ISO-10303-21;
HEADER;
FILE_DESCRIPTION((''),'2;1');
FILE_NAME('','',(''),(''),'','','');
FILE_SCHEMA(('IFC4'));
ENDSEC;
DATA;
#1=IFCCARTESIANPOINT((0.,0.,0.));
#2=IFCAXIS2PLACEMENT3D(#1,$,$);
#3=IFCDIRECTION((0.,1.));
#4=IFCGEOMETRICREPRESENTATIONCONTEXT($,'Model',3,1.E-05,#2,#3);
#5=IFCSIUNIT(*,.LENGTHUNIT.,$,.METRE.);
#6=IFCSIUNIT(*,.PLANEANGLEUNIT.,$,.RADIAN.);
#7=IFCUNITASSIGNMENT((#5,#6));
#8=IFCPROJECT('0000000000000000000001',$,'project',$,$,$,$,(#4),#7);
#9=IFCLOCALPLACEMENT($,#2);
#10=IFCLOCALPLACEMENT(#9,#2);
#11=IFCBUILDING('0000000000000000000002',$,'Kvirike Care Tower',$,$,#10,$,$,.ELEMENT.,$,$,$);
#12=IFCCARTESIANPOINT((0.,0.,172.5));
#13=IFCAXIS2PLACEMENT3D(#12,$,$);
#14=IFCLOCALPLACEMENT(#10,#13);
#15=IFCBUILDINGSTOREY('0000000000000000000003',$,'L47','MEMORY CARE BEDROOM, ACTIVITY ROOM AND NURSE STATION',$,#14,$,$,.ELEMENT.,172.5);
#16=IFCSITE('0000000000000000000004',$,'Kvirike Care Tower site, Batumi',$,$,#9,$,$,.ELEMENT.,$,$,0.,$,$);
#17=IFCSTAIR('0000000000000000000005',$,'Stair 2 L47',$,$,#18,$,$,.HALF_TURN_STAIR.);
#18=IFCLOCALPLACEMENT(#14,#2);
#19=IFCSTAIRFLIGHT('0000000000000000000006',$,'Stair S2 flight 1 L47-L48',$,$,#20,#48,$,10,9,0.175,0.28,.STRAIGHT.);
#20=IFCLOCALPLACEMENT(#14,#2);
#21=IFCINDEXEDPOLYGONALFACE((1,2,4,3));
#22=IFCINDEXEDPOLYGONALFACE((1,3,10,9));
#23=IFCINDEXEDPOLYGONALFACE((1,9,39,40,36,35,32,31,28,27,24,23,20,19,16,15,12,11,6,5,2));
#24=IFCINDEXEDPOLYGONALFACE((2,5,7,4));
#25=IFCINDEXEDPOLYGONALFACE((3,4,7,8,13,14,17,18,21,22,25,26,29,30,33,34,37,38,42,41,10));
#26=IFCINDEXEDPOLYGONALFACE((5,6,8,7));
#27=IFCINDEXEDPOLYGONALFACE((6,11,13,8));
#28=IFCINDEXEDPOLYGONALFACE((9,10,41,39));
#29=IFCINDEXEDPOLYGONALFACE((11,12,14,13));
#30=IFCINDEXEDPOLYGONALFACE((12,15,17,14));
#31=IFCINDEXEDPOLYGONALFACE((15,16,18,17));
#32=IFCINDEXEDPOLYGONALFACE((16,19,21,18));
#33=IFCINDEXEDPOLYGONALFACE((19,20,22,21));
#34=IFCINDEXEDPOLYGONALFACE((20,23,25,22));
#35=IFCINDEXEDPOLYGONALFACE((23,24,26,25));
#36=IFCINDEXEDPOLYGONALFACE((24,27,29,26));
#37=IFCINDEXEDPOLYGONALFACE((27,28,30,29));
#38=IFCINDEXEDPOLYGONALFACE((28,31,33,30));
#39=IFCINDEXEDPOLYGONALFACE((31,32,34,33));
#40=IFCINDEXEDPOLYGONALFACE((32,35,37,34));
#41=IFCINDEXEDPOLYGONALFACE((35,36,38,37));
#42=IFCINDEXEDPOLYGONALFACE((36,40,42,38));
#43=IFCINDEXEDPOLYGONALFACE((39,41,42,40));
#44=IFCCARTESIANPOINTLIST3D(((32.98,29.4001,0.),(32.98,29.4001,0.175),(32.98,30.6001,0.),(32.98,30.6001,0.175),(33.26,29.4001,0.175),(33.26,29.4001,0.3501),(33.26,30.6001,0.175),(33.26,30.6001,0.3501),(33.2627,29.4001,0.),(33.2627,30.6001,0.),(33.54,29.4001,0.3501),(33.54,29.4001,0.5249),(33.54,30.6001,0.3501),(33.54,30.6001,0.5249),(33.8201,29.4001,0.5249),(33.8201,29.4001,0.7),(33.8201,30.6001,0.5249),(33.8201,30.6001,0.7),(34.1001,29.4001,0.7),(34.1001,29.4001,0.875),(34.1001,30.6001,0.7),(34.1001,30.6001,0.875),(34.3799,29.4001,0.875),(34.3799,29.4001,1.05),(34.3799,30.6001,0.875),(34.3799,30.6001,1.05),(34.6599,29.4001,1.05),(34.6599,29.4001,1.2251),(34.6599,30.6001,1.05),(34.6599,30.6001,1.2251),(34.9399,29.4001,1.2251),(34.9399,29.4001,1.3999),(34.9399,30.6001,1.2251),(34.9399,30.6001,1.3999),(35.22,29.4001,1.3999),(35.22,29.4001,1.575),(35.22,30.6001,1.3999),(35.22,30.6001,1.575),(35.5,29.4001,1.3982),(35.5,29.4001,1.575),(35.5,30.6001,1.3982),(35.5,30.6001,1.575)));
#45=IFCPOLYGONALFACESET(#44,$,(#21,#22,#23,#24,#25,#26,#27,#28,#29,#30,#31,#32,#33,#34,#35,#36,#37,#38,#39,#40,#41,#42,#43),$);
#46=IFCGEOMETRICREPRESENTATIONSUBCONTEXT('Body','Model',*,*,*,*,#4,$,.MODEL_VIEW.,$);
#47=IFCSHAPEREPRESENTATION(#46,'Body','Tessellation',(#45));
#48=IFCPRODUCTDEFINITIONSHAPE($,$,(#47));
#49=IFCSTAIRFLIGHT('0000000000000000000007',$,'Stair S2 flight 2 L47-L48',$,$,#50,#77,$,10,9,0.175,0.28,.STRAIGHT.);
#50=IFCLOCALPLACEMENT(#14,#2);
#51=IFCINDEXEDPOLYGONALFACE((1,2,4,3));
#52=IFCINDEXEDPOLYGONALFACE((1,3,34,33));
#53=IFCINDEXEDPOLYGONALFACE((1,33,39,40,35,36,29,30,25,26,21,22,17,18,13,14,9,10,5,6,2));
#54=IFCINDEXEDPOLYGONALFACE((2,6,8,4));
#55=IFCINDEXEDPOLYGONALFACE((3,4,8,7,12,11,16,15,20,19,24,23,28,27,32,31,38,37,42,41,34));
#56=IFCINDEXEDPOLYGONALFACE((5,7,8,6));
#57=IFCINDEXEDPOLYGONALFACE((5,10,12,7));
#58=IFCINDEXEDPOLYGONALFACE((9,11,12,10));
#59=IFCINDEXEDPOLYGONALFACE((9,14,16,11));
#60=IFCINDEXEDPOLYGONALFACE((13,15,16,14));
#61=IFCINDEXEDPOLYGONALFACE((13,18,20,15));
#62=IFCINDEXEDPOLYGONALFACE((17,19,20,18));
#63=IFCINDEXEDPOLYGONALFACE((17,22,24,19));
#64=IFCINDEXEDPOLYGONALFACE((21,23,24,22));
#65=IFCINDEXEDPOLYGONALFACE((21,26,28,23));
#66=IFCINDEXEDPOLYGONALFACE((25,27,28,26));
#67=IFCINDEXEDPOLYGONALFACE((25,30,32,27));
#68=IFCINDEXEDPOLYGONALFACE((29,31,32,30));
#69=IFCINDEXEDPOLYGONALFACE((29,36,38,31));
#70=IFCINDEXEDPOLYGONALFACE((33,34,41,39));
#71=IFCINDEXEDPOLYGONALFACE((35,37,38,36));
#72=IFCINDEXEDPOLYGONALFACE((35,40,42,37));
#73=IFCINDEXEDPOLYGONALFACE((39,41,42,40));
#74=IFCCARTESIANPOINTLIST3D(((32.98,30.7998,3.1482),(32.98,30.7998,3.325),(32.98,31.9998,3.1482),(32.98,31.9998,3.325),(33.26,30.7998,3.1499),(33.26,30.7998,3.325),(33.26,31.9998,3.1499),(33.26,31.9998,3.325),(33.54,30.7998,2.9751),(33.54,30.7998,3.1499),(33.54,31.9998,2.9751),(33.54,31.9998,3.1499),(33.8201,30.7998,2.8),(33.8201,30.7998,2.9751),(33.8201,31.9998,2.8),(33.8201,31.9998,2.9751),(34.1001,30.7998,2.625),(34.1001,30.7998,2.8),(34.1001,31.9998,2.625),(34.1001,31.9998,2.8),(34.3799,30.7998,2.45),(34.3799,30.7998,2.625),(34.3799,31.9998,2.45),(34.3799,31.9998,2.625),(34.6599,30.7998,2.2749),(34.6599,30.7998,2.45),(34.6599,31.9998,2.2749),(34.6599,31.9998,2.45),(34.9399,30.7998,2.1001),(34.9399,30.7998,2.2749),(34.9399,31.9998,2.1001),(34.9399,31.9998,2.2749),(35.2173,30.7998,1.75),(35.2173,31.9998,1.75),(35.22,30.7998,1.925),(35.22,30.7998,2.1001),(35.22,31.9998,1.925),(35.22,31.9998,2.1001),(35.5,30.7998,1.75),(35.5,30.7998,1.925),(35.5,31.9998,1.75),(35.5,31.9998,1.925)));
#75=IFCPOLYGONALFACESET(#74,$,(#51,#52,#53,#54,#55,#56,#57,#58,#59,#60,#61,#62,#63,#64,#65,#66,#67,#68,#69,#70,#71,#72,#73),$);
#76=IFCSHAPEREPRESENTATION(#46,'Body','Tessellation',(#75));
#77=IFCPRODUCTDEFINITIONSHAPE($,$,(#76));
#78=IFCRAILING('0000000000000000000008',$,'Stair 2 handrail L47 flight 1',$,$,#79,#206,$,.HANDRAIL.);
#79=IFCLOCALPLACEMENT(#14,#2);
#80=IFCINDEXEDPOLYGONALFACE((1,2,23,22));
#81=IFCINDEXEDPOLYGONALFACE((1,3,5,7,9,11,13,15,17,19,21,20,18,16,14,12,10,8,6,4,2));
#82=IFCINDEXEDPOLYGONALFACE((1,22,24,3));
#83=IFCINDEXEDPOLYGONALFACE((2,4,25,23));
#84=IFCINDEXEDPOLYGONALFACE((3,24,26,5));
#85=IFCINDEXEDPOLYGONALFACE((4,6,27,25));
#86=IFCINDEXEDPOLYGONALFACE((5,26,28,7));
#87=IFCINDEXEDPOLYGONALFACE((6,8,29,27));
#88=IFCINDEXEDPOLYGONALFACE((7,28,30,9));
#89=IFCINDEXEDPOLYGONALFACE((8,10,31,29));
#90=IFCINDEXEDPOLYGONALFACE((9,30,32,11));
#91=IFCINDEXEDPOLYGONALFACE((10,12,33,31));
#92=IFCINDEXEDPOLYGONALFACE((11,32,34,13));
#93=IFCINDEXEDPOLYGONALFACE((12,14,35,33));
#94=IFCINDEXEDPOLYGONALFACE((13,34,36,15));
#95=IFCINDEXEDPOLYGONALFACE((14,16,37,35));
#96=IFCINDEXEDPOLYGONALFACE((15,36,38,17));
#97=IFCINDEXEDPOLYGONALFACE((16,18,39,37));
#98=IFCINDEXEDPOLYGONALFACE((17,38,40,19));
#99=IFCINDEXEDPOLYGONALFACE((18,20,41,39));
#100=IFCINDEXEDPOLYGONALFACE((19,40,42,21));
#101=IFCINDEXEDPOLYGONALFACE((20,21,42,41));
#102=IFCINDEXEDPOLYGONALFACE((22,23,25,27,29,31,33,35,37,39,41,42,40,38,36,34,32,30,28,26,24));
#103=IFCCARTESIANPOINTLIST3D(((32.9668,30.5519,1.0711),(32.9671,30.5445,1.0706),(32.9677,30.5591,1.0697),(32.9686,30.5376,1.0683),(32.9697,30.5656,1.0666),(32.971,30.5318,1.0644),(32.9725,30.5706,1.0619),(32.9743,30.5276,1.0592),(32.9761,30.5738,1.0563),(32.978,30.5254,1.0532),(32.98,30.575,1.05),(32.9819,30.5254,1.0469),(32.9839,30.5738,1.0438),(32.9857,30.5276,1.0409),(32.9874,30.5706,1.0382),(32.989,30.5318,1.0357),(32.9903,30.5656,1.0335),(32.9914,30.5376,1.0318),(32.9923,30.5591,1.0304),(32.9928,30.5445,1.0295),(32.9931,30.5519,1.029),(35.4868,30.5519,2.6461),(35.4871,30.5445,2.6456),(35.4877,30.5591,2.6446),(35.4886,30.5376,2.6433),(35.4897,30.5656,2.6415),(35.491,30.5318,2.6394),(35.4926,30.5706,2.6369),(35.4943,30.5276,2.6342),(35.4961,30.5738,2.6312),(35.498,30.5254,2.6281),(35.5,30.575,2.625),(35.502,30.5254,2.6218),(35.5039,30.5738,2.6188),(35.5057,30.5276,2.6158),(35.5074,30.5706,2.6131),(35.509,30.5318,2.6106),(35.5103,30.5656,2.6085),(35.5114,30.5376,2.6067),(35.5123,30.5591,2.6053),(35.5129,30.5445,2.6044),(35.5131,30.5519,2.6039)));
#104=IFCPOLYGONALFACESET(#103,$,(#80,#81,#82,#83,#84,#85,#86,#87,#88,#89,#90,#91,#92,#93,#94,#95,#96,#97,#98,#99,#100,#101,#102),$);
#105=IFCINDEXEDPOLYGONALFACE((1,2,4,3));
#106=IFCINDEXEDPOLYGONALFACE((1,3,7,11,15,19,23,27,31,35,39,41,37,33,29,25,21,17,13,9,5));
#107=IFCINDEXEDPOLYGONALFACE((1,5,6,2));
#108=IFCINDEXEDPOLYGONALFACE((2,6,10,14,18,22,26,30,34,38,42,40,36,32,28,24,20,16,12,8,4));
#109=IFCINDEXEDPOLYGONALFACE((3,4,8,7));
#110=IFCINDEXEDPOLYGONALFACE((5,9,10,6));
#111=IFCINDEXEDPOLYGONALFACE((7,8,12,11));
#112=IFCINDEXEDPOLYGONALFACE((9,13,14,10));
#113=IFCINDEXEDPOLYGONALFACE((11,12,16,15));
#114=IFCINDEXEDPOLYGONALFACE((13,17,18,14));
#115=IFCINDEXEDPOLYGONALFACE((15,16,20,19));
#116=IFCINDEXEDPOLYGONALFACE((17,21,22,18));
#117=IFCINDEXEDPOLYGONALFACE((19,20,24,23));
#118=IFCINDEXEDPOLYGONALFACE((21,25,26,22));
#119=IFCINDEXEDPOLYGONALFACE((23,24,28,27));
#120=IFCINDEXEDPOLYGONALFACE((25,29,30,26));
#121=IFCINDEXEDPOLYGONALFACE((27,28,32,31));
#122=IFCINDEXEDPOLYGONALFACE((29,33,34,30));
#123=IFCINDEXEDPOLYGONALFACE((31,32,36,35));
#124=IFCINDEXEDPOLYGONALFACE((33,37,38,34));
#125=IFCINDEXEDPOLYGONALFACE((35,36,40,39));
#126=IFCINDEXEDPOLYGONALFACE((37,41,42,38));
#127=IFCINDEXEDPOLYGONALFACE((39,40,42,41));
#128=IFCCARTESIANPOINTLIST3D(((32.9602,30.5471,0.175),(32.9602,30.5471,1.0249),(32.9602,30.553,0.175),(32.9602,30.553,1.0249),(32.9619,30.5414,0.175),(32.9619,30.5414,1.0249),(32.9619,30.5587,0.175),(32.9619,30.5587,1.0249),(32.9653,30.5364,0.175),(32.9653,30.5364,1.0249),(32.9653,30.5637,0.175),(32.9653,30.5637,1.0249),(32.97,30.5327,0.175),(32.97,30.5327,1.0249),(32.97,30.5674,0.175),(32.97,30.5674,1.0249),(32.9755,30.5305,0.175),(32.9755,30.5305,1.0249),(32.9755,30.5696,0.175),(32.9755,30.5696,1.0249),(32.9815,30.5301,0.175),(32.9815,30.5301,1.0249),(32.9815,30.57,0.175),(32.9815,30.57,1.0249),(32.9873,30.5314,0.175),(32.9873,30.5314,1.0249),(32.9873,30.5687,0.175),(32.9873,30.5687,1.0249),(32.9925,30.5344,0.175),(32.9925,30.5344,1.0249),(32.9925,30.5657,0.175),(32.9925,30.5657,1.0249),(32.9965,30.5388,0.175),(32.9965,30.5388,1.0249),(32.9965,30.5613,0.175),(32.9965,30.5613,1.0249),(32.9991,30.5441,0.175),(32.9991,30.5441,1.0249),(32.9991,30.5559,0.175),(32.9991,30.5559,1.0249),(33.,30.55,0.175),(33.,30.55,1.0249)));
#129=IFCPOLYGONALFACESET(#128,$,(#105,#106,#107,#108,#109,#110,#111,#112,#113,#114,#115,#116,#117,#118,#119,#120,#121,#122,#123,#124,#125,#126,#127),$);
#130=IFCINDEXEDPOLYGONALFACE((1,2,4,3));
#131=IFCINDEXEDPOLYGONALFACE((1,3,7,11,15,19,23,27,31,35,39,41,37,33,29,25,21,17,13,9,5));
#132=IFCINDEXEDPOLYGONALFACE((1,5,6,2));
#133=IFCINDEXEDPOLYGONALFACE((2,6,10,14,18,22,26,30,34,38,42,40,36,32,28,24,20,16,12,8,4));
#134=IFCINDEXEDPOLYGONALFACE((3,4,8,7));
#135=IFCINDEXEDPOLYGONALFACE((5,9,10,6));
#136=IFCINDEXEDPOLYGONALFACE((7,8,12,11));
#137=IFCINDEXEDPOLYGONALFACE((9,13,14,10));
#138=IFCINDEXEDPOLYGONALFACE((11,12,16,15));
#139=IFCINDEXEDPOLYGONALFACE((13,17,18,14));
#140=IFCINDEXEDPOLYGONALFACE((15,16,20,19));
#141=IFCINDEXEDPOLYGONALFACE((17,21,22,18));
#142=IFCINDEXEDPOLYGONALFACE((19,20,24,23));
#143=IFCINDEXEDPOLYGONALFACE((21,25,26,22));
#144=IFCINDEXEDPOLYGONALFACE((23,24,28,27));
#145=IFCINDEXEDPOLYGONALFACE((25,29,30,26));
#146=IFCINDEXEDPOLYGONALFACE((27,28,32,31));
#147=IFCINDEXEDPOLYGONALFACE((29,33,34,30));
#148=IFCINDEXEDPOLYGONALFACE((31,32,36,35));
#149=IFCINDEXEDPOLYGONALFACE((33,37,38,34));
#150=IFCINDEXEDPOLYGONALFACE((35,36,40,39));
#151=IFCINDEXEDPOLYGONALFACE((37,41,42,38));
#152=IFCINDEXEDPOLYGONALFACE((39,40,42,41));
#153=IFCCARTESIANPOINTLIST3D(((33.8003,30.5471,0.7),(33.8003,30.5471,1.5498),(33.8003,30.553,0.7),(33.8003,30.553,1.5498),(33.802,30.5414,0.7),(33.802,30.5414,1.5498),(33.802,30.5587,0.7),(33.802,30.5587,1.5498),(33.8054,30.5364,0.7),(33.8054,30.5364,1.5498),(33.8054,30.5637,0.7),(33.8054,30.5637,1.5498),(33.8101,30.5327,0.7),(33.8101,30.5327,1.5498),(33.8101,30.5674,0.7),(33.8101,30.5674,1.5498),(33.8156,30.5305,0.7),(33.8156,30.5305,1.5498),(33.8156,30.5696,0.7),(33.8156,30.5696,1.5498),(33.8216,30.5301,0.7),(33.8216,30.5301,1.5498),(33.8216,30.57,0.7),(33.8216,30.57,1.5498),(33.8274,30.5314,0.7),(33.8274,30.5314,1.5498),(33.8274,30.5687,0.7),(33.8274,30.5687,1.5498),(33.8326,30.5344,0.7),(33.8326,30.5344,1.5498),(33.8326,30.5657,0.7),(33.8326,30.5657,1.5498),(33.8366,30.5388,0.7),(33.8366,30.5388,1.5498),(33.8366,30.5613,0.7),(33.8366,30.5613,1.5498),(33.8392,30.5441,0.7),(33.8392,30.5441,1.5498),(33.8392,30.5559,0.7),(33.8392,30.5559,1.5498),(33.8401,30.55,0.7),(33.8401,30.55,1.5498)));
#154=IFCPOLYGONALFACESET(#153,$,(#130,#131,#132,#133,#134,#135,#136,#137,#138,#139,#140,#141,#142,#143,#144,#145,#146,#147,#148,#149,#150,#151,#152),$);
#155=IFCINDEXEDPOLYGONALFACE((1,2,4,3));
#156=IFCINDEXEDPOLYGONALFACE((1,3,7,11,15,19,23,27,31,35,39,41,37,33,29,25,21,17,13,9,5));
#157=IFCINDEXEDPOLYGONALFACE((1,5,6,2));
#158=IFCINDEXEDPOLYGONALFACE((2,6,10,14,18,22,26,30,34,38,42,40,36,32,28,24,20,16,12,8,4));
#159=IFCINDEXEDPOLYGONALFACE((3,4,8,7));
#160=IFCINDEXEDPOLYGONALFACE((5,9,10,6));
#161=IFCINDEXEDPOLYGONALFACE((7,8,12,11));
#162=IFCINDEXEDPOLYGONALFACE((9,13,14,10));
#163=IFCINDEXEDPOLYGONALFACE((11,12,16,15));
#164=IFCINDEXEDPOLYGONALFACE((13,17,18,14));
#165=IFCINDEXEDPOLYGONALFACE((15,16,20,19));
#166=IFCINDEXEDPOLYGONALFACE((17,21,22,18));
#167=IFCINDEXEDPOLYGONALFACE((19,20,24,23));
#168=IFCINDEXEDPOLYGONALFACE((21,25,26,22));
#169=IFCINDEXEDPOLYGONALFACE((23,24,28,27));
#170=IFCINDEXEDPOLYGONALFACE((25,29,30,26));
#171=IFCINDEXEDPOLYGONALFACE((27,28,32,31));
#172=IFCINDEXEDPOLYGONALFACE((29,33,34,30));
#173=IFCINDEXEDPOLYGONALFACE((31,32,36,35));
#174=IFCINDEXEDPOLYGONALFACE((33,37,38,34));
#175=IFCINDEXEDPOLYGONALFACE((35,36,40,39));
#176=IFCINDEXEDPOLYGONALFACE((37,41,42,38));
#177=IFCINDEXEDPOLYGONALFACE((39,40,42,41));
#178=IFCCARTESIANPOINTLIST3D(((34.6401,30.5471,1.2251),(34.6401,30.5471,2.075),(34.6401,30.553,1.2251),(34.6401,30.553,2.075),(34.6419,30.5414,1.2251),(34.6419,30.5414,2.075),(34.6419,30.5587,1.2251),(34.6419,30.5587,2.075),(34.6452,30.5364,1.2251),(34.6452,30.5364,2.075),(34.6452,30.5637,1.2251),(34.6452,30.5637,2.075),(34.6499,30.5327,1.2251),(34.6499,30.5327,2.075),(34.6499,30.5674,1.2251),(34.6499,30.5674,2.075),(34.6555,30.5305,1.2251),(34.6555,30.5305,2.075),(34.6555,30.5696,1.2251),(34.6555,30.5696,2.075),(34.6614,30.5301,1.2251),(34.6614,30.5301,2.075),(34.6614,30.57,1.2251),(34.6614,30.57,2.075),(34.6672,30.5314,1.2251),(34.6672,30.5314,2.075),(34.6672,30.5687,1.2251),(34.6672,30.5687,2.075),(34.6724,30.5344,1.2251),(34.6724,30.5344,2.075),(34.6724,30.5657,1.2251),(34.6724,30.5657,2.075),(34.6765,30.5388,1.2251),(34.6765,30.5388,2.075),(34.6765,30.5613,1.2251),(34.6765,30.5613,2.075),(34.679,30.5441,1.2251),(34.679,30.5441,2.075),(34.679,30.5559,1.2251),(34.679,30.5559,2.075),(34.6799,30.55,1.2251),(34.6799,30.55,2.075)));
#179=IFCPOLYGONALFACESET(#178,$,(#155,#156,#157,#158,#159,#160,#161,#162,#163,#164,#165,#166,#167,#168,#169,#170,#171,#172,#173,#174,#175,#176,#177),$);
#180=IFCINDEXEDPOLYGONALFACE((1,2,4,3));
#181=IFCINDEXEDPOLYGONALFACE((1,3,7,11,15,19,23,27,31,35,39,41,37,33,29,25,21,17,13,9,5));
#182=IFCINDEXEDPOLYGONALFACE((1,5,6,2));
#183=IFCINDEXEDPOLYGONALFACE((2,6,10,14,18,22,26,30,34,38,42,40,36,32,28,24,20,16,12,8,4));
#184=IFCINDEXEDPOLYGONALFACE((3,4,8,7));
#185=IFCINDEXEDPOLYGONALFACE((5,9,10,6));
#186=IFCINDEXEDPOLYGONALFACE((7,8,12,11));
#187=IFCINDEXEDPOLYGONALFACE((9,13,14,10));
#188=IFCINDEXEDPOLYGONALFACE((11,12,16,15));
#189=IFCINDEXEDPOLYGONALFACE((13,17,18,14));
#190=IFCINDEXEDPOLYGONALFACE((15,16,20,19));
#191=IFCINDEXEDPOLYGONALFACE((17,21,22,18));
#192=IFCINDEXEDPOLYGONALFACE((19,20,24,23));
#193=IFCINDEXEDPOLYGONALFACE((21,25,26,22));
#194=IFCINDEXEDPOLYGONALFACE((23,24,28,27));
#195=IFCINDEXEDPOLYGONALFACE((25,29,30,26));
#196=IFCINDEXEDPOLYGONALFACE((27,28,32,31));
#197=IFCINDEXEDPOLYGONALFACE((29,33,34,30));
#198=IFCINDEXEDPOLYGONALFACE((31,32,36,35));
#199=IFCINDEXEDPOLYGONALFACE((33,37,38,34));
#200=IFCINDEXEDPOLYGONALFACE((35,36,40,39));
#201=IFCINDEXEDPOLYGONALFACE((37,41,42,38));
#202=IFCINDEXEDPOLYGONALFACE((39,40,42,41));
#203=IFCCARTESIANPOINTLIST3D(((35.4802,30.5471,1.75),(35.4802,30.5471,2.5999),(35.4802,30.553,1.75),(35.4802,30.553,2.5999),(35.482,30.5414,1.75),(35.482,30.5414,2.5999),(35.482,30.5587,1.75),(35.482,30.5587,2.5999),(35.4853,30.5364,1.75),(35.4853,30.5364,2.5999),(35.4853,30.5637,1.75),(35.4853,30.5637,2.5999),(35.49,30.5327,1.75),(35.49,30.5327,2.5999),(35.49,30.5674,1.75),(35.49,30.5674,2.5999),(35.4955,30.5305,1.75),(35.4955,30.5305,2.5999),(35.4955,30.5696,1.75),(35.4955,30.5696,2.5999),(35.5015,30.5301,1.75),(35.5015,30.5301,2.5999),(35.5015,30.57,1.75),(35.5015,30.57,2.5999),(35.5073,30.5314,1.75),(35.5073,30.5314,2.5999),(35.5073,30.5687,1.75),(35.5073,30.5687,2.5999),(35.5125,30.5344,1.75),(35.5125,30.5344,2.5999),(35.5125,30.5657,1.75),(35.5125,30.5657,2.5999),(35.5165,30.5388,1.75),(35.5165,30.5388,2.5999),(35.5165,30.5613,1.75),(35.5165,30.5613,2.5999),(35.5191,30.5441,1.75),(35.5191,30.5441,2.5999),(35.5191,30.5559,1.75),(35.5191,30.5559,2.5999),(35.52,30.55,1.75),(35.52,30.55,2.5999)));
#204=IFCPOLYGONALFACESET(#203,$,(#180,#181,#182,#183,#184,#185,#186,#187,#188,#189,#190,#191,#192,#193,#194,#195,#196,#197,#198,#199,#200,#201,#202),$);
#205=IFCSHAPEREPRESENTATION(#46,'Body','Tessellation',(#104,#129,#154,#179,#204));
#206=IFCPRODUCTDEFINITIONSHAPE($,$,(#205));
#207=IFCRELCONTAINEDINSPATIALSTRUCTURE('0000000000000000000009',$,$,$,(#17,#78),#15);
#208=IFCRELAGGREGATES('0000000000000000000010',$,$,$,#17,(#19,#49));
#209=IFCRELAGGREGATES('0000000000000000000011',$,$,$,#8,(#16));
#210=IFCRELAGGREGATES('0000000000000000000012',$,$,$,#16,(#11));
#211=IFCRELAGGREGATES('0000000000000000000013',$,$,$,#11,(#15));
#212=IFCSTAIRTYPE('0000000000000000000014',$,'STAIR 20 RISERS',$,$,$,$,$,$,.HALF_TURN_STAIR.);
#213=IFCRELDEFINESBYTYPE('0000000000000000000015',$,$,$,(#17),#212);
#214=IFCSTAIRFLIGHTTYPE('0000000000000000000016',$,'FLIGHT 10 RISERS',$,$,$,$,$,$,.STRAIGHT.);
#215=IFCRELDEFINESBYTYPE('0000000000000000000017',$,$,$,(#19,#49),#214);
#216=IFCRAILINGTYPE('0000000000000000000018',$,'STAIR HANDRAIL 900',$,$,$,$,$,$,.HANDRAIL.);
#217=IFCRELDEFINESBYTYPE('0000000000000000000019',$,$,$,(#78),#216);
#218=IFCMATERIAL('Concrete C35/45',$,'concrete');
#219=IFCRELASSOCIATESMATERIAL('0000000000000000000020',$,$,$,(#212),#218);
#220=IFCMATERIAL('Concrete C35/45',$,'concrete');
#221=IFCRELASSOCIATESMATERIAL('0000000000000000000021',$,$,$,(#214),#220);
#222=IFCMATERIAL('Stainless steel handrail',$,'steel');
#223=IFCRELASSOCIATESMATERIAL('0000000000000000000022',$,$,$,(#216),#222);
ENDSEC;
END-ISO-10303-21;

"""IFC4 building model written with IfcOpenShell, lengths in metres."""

from ifc_helpers import new_model, si_unit, direction, frame, origin, origin_2d, place, context, subcontext, project, spatial, polyline, circle, outline, extrude, material, type_object, element, aggregate, save


model = new_model("IFC4")

# Units and contexts
model_context = context("Model", 3, precision=1e-05, world=origin(), true_north=direction((0.0, 1.0)))
body_context = subcontext(model_context, "Body", "Model", "MODEL_VIEW")
ifc_project = project(units=[si_unit("LENGTHUNIT", "METRE"), si_unit("PLANEANGLEUNIT", "RADIAN")], contexts=[model_context])

# Site, building, storey
site_placement = place(None, origin())
site = spatial("IfcSite", under=ifc_project, at=site_placement, Name="Kvirike Care Tower site, Batumi", CompositionType="ELEMENT", RefElevation=0.0)
building_placement = place(site_placement, origin())
building = spatial("IfcBuilding", under=site, at=building_placement, Name="Kvirike Care Tower", CompositionType="ELEMENT")
storey_placement = place(building_placement, frame((0.0, 0.0, 172.5)))
storey = spatial("IfcBuildingStorey", under=building, at=storey_placement, Name="L47", Description="MEMORY CARE BEDROOM, ACTIVITY ROOM AND NURSE STATION", CompositionType="ELEMENT", Elevation=172.5)

# Stair, stair flights
ifc_material_1 = material(Name="Concrete C35/45", Category="concrete")
stair_type = type_object("IfcStairType", Name="STAIR 20 RISERS", PredefinedType="HALF_TURN_STAIR", material=ifc_material_1)
stair_placement = place(storey_placement, origin())
stair = element("IfcStair", 1, at=stair_placement, inside=storey, type_object=stair_type, Name="Stair 2 L47", PredefinedType="HALF_TURN_STAIR")
ifc_material_2 = material(Name="Concrete C35/45", Category="concrete")
stair_flight_type = type_object("IfcStairFlightType", Name="FLIGHT 10 RISERS", PredefinedType="STRAIGHT", material=ifc_material_2)
stair_flight_1_placement = place(storey_placement, frame((32.98, 30.0, 0.0), z_axis=(0.0, 0.0, 1.0), x_axis=(1.0, 0.0, 0.0)))
stair_flight_1 = element("IfcStairFlight", 2, at=stair_flight_1_placement, type_object=stair_flight_type, Name="Stair S2 flight 1 L47-L48", NumberOfRisers=10, NumberOfTreads=9, PredefinedType="STRAIGHT", RiserHeight=0.175, TreadLength=0.28, context=body_context, shape_type="SweptSolid", body=[
    extrude(outline(polyline([(0.0, 0.0), (0.0, 0.175), (0.28, 0.175), (0.28, 0.3501), (0.5601, 0.3501), (0.5601, 0.5249), (0.8401, 0.5249), (0.8401, 0.7), (1.1201, 0.7), (1.1201, 0.875), (1.3999, 0.875), (1.3999, 1.05), (1.6799, 1.05), (1.6799, 1.2251), (1.96, 1.2251), (1.96, 1.3999), (2.24, 1.3999), (2.24, 1.575), (2.52, 1.575), (2.52, 1.75), (2.52, 1.3982), (0.2827, 0.0), (0.0, 0.0)])), frame((0.0, 0.6001, 0.0), z_axis=(0.0, -1.0, 0.0), x_axis=(1.0, 0.0, 0.0)), (0.0, 0.0, 1.0), 1.2),
])
stair_flight_2_placement = place(storey_placement, frame((35.5, 31.3999, 1.75), z_axis=(0.0, 0.0, 1.0), x_axis=(-1.0, 0.0, 0.0)))
stair_flight_2 = element("IfcStairFlight", 3, at=stair_flight_2_placement, type_object=stair_flight_type, Name="Stair S2 flight 2 L47-L48", NumberOfRisers=10, NumberOfTreads=9, PredefinedType="STRAIGHT", RiserHeight=0.175, TreadLength=0.28, context=body_context, shape_type="SweptSolid", body=[
    extrude(outline(polyline([(0.0, 0.0), (0.0, 0.175), (0.28, 0.175), (0.28, 0.3501), (0.5601, 0.3501), (0.5601, 0.5249), (0.8401, 0.5249), (0.8401, 0.7), (1.1201, 0.7), (1.1201, 0.875), (1.3999, 0.875), (1.3999, 1.05), (1.6799, 1.05), (1.6799, 1.2251), (1.96, 1.2251), (1.96, 1.3999), (2.24, 1.3999), (2.24, 1.575), (2.52, 1.575), (2.52, 1.75), (2.52, 1.3982), (0.2827, 0.0), (0.0, 0.0)])), frame((0.0, 0.6001, 0.0), z_axis=(0.0, -1.0, 0.0), x_axis=(1.0, 0.0, 0.0)), (0.0, 0.0, 1.0), 1.2),
])
aggregate(stair, [stair_flight_1, stair_flight_2])

# Railing
ifc_material_3 = material(Name="Stainless steel handrail", Category="steel")
railing_type = type_object("IfcRailingType", Name="STAIR HANDRAIL 900", PredefinedType="HANDRAIL", material=ifc_material_3)
railing_1_placement = place(storey_placement, frame((32.98, 30.55, 0.175)))
element("IfcRailing", 4, at=railing_1_placement, inside=storey, type_object=railing_type, Name="Stair 2 handrail L47 flight 1", PredefinedType="HANDRAIL", context=body_context, shape_type="SweptSolid", body=[
    extrude(circle(Radius=0.0249, at=origin_2d()), frame((0.0, 0.0, 0.875), z_axis=(0.848008, 0.0, 0.529984), x_axis=(0.0, 1.0, 0.0)), (0.0, 0.0, 1.0), 2.9717),
    extrude(circle(Radius=0.02, at=origin_2d()), origin(), (0.0, 0.0, 1.0), 0.8499),
    extrude(circle(Radius=0.02, at=origin_2d()), frame((0.8401, 0.0, 0.5249)), (0.0, 0.0, 1.0), 0.8499),
    extrude(circle(Radius=0.02, at=origin_2d()), frame((1.6799, 0.0, 1.05)), (0.0, 0.0, 1.0), 0.8499),
    extrude(circle(Radius=0.02, at=origin_2d()), frame((2.52, 0.0, 1.575)), (0.0, 0.0, 1.0), 0.8499),
])

save(model, "model.ifc")
